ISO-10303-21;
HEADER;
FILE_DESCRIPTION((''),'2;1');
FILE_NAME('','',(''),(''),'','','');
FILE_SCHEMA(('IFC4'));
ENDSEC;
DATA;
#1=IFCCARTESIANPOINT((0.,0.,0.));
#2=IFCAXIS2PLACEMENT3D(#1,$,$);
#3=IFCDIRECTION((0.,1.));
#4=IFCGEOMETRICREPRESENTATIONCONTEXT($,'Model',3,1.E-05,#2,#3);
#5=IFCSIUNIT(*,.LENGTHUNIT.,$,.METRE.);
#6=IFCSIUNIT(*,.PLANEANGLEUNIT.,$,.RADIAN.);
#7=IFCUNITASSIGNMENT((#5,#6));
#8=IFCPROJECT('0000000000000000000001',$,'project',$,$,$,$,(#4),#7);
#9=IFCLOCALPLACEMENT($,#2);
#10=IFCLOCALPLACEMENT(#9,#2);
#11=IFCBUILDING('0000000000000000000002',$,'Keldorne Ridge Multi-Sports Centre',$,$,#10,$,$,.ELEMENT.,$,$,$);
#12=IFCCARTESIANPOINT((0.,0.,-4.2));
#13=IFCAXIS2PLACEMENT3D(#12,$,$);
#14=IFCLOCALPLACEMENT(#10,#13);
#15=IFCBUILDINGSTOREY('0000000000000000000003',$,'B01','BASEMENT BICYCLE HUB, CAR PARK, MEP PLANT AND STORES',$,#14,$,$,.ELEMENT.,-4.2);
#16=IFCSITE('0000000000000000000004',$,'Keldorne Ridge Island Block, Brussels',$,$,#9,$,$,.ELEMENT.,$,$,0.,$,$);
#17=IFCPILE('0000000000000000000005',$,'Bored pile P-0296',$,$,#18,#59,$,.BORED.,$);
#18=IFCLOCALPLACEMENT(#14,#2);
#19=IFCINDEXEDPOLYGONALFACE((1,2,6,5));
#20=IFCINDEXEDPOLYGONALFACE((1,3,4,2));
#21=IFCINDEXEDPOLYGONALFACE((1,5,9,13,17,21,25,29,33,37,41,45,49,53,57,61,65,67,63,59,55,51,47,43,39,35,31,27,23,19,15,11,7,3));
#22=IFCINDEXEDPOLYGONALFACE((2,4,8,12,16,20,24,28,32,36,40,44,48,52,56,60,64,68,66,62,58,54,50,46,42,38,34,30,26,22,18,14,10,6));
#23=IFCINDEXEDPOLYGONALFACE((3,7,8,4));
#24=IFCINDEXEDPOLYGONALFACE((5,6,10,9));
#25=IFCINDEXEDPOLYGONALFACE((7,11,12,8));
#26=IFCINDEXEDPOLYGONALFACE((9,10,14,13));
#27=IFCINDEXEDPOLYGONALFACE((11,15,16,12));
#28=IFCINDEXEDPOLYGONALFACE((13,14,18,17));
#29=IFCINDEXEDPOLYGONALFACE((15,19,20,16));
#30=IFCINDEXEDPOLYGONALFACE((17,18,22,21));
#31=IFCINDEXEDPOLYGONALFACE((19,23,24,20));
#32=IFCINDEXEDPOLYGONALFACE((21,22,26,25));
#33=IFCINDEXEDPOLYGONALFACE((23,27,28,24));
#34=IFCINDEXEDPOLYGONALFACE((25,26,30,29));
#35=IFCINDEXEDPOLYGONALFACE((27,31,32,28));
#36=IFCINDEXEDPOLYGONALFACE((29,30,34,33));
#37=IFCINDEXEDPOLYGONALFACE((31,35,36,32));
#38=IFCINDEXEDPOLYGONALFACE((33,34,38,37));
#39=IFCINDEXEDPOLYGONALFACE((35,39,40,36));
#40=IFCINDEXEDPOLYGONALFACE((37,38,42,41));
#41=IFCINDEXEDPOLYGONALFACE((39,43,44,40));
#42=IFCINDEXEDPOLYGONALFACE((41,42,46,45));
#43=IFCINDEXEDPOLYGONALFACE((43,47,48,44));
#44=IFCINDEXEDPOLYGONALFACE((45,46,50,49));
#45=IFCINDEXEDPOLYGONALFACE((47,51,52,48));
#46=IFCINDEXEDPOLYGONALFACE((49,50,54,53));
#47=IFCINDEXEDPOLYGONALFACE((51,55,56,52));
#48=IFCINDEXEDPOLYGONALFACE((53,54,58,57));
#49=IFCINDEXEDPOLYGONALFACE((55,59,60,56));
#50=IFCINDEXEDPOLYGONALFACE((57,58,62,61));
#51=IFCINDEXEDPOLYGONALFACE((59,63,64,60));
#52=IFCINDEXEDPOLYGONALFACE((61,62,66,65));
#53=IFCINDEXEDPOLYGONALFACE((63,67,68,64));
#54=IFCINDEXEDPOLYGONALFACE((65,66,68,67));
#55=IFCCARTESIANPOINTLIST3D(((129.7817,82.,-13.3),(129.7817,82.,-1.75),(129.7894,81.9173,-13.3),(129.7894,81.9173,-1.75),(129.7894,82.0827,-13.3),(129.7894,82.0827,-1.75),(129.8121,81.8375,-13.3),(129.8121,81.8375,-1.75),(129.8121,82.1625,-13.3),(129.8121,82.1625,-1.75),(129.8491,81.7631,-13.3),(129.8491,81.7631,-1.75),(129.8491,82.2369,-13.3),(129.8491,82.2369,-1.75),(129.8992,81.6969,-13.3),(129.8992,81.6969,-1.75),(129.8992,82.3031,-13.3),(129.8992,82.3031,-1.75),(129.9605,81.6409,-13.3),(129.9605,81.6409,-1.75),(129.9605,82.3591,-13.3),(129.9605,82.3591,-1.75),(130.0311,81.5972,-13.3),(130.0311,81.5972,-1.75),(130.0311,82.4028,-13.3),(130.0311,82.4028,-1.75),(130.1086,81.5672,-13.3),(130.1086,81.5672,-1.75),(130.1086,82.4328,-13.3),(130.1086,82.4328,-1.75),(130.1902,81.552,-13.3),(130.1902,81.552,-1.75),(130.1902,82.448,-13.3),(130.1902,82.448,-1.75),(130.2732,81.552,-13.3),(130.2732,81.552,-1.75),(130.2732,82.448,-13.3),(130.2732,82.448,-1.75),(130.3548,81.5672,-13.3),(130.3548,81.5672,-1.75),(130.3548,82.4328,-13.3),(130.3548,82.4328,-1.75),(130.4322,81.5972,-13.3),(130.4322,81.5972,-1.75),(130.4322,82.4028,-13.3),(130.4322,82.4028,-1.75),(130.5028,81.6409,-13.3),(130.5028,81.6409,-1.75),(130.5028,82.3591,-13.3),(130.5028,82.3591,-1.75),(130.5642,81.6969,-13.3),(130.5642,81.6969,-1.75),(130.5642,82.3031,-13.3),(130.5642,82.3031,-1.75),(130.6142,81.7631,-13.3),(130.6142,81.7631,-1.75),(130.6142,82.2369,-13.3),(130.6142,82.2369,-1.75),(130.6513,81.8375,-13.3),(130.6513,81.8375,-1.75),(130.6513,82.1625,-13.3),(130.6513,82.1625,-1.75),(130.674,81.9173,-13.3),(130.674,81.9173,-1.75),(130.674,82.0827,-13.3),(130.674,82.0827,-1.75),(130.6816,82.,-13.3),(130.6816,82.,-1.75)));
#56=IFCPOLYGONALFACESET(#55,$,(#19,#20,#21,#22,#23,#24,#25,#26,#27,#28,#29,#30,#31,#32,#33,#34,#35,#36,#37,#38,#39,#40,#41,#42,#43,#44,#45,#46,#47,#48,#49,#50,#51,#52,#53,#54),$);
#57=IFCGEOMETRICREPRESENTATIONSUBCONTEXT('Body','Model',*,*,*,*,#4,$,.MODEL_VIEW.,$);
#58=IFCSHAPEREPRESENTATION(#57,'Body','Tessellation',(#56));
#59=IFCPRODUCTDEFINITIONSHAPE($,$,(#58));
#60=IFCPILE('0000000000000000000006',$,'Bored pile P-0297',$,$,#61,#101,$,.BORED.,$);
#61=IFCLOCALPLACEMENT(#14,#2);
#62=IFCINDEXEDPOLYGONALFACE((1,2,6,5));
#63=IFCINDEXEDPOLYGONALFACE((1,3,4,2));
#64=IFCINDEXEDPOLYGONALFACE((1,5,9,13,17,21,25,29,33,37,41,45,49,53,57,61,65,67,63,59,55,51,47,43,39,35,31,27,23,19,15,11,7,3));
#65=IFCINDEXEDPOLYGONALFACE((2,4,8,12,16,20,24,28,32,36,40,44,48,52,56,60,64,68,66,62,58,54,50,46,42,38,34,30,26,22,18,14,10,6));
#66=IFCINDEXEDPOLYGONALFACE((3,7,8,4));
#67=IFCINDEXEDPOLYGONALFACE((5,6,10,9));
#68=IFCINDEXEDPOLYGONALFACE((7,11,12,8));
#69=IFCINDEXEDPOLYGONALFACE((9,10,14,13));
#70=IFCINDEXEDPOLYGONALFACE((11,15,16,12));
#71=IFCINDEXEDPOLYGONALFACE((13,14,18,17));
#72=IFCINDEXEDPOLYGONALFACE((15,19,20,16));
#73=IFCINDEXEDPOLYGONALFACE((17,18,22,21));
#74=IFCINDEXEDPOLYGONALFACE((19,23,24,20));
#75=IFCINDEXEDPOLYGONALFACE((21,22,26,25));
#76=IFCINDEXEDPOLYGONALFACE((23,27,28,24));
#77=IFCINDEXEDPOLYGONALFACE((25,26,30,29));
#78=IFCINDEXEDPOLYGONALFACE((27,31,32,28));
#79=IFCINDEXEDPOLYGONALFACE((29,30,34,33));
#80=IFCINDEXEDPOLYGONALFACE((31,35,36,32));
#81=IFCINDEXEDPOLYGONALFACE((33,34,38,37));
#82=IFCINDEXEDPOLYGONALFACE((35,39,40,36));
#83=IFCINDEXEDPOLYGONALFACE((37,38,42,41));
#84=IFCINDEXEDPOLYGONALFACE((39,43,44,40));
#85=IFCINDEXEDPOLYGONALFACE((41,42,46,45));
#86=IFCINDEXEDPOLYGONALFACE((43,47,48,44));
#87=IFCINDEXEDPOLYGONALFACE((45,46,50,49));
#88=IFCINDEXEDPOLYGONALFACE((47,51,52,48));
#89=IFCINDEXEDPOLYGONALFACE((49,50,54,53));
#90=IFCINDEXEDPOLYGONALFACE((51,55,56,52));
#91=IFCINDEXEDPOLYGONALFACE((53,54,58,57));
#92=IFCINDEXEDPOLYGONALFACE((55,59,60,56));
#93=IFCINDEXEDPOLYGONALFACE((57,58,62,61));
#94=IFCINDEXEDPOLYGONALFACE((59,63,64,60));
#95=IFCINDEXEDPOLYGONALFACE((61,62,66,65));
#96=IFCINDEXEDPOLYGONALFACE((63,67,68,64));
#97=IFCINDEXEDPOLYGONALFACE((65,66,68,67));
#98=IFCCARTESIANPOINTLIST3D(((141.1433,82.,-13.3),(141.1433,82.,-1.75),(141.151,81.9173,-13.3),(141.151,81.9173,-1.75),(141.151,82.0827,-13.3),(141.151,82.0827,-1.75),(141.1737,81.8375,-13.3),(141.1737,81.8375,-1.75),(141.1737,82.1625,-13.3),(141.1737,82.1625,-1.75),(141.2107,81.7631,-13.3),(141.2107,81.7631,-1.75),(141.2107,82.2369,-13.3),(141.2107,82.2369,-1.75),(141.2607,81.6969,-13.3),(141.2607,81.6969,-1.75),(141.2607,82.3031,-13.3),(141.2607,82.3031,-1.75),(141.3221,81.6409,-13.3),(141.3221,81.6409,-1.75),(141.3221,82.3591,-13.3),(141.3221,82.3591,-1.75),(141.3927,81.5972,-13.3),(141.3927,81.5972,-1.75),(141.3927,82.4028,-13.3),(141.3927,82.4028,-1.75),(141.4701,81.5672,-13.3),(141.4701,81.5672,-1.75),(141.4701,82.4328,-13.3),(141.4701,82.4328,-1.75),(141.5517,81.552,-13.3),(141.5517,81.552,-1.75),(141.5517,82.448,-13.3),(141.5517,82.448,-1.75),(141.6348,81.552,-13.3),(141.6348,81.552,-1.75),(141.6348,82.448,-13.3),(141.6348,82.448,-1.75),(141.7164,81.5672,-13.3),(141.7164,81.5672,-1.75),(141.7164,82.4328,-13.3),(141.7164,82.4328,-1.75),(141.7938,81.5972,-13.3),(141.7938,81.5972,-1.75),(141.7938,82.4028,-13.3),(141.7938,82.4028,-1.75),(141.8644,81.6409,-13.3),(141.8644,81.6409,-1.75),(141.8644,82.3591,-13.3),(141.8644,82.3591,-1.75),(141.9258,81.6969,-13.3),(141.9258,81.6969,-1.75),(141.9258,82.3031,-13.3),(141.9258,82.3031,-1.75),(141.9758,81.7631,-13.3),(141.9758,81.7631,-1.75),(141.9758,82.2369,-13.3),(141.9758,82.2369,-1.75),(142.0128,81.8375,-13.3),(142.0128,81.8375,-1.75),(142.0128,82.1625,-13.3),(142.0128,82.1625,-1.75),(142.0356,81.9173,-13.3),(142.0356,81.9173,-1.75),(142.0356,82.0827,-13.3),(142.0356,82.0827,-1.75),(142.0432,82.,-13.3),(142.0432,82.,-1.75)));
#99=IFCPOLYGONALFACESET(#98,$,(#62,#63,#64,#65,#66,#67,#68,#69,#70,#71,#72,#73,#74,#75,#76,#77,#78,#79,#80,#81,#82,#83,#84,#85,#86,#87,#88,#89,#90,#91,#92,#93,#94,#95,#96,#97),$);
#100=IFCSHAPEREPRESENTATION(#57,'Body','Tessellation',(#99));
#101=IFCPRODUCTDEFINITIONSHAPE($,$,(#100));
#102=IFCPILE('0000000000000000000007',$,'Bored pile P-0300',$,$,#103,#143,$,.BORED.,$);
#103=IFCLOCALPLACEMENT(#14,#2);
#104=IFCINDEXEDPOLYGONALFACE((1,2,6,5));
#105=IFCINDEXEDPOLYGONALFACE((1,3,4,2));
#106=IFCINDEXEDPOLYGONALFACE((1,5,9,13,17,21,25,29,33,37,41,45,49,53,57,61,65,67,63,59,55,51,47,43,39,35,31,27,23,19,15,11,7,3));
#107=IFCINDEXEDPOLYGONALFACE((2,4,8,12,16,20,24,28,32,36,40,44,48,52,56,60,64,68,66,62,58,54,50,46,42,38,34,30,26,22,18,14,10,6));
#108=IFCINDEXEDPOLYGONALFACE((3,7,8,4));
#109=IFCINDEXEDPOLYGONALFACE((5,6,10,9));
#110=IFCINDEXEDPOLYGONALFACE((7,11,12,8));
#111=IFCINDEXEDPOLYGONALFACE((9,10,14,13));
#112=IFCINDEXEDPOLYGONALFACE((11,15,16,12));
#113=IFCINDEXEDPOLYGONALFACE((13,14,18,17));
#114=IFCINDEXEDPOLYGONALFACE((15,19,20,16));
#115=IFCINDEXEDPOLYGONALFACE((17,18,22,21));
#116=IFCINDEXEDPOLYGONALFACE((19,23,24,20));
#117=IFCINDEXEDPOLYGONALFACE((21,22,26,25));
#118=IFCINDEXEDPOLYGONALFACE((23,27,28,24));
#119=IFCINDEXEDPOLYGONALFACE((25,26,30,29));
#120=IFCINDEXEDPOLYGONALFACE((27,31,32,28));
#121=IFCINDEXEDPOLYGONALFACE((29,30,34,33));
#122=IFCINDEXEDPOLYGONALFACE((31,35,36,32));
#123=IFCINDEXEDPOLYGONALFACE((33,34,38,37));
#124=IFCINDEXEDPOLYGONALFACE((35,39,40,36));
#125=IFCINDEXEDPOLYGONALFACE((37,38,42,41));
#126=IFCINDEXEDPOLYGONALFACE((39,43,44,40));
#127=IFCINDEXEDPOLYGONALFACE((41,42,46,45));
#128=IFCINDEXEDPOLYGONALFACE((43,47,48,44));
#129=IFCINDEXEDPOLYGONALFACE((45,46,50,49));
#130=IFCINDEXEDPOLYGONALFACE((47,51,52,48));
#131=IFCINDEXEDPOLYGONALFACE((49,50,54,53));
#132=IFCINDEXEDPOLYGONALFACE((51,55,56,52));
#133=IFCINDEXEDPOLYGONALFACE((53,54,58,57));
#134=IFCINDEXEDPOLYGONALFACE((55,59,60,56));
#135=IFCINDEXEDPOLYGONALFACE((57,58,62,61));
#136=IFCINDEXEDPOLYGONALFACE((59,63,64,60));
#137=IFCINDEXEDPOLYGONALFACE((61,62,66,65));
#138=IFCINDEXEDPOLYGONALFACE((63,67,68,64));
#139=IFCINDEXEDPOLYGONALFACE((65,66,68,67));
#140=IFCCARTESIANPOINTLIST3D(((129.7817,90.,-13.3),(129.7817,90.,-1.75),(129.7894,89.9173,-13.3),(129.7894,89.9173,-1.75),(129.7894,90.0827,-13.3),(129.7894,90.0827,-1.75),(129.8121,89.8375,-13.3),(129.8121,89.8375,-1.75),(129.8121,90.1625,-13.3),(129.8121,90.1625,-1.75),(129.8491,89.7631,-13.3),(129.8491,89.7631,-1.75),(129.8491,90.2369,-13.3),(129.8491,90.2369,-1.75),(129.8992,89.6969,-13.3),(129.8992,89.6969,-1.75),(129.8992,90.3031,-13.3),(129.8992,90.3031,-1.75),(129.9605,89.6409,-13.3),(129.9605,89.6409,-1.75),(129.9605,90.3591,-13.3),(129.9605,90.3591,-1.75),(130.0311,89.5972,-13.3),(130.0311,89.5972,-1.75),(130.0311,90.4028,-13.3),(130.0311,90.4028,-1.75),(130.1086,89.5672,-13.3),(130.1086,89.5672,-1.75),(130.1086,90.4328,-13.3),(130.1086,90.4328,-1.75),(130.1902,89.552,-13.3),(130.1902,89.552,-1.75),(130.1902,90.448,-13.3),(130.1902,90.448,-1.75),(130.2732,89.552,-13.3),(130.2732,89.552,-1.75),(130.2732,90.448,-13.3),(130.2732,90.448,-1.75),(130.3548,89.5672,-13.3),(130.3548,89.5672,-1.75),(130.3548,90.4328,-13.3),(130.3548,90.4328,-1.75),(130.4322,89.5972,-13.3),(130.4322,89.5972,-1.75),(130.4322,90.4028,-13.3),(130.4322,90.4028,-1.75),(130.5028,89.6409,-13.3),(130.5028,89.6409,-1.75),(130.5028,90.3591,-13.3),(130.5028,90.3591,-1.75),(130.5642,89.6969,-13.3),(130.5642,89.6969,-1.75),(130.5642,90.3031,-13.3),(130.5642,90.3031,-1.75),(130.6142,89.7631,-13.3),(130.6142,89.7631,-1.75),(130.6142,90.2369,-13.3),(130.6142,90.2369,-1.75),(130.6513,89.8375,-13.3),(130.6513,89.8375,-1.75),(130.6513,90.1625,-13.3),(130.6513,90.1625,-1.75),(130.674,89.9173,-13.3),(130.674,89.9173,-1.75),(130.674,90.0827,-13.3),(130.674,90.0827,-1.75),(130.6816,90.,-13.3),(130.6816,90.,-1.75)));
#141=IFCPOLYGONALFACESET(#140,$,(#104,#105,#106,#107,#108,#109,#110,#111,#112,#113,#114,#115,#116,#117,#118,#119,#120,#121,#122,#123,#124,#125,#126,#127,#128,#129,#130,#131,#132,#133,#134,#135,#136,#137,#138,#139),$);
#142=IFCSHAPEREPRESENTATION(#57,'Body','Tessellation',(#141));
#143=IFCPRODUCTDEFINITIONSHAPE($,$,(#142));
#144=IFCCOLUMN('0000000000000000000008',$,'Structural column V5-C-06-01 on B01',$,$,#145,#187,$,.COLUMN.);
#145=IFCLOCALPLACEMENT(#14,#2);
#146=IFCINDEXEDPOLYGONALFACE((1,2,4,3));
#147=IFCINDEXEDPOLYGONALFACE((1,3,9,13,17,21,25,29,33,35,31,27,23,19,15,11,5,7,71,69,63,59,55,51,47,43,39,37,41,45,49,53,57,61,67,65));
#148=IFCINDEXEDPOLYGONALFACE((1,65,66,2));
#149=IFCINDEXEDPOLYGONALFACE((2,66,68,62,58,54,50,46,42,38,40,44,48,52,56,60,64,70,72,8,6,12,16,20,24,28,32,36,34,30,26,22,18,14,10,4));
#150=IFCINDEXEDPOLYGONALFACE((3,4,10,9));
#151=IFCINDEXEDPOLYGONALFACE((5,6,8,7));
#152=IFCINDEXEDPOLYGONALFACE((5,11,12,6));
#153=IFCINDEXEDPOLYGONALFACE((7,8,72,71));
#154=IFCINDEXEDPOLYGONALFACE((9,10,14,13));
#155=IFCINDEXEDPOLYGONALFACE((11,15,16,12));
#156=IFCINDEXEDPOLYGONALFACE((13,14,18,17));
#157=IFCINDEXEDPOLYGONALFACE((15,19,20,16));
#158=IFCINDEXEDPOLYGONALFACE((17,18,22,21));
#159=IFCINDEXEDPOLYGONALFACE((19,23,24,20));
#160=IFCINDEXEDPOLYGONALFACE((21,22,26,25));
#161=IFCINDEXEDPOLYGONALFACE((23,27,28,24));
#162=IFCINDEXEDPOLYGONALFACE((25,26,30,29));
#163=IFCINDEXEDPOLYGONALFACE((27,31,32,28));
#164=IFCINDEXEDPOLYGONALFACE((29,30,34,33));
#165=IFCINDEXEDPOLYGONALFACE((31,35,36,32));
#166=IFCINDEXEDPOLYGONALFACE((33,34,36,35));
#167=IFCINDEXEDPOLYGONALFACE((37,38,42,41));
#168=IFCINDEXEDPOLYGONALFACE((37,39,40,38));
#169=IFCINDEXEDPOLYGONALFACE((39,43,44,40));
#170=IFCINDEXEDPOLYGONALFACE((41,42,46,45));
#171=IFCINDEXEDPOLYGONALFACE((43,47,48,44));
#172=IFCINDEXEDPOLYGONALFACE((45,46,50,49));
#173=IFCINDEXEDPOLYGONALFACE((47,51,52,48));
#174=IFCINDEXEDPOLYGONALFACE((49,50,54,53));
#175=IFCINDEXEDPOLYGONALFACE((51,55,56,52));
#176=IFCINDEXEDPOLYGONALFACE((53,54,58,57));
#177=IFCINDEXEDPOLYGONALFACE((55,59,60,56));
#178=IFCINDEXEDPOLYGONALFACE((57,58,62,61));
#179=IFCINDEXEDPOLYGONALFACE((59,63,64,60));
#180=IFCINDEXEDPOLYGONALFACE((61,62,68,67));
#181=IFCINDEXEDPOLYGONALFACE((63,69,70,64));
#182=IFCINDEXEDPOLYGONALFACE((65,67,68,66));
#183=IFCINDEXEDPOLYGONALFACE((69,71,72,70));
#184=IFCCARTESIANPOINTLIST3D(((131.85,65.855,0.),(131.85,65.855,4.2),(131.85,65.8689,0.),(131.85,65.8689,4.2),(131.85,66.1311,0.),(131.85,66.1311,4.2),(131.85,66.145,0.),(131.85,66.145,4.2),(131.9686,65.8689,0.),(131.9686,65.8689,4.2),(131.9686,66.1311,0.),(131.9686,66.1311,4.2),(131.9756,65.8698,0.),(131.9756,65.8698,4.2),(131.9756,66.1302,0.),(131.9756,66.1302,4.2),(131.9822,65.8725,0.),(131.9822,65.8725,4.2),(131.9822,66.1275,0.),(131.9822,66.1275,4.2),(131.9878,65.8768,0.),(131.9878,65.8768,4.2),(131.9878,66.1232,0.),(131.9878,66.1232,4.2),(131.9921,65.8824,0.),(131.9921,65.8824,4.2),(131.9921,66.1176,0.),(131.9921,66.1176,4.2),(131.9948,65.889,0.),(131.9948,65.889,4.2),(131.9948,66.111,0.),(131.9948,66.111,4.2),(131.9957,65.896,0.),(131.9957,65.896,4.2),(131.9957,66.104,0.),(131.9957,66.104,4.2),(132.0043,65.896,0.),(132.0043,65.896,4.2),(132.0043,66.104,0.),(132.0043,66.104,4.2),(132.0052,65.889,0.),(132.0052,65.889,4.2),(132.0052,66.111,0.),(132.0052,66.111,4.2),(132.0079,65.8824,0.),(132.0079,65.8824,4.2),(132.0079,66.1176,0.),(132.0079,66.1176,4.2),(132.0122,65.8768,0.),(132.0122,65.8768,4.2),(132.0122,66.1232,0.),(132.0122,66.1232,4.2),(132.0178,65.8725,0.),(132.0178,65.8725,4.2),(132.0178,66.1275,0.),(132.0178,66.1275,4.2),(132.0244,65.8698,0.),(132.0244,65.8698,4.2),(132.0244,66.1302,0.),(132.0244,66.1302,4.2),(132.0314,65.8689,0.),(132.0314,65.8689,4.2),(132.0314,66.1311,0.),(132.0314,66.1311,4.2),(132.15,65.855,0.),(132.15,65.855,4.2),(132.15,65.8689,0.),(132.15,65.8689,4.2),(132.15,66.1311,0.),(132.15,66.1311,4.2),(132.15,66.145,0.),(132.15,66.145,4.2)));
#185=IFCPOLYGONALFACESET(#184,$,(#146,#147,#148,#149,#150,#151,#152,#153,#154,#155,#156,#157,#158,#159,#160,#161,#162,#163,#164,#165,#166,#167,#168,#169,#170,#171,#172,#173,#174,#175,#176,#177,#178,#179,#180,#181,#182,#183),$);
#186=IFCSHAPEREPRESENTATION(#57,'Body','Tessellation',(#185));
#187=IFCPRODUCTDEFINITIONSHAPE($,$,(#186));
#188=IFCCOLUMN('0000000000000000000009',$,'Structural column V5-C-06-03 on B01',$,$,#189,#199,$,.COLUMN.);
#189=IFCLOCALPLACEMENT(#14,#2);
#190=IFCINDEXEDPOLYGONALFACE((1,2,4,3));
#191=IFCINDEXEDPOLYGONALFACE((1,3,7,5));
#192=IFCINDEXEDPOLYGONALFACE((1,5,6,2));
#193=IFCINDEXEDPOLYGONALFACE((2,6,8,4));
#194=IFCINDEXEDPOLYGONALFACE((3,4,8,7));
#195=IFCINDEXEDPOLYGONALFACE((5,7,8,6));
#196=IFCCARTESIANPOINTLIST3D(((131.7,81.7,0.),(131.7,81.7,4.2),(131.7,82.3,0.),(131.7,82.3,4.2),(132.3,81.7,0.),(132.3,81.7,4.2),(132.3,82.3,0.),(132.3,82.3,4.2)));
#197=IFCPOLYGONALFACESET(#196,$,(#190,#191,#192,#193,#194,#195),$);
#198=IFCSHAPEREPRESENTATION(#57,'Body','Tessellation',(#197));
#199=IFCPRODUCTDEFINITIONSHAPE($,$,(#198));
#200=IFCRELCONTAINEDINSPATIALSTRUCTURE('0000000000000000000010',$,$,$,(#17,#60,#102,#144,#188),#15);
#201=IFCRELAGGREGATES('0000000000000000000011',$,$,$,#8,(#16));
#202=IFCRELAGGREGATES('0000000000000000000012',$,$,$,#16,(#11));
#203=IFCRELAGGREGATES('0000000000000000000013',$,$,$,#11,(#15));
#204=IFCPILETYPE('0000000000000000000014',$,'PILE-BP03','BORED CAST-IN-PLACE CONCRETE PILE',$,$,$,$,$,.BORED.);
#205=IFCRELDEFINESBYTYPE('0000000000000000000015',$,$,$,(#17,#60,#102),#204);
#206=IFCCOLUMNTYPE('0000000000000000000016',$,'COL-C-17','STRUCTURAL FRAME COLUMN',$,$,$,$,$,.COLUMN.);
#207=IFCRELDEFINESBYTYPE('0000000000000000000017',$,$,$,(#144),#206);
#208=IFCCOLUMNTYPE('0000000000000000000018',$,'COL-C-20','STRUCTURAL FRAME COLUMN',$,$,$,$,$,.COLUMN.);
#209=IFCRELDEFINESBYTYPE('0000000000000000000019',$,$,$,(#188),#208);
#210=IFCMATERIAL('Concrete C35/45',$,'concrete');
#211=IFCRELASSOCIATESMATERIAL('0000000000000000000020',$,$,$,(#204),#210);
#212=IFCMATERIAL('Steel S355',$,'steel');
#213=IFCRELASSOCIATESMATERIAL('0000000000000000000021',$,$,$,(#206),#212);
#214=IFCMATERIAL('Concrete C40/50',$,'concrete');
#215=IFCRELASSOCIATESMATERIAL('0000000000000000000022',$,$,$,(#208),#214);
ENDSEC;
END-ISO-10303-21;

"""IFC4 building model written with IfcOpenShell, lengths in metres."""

from ifc_helpers import new_model, si_unit, direction, frame, origin, origin_2d, place, context, subcontext, project, spatial, rectangle, circle, i_section, extrude, material, material_profile, profile_set, type_object, element, save


model = new_model("IFC4")

# Units and contexts
model_context = context("Model", 3, precision=1e-05, world=origin(), true_north=direction((0.0, 1.0)))
body_context = subcontext(model_context, "Body", "Model", "MODEL_VIEW")
ifc_project = project(units=[si_unit("LENGTHUNIT", "METRE"), si_unit("PLANEANGLEUNIT", "RADIAN")], contexts=[model_context])

# Site, building, storey
site_placement = place(None, origin())
site = spatial("IfcSite", under=ifc_project, at=site_placement, Name="Keldorne Ridge Island Block, Brussels", CompositionType="ELEMENT", RefElevation=0.0)
building_placement = place(site_placement, origin())
building = spatial("IfcBuilding", under=site, at=building_placement, Name="Keldorne Ridge Multi-Sports Centre", CompositionType="ELEMENT")
storey_placement = place(building_placement, frame((0.0, 0.0, -4.2)))
storey = spatial("IfcBuildingStorey", under=building, at=storey_placement, Name="B01", Description="BASEMENT BICYCLE HUB, CAR PARK, MEP PLANT AND STORES", CompositionType="ELEMENT", Elevation=-4.2)

# Shared definitions
ifc_material_1 = material(Name="Concrete C35/45", Category="concrete")

# Piles
ifc_material_profile_1 = material_profile(ifc_material_1, circle(Radius=0.45, at=origin_2d()), Name="BORED PILE D900")
ifc_profile_set_1 = profile_set([ifc_material_profile_1], Name="Concrete C35/45")
pile_type_1 = type_object("IfcPileType", Name="PILE-BP03", Description="BORED CAST-IN-PLACE CONCRETE PILE", PredefinedType="BORED", material=ifc_profile_set_1)
for number, where, z_axis, x_axis, name in (
    (1, (130.2317, 82.0, -1.75), (0.0, 0.0, -1.0), (1.0, 0.0, 0.0), "Bored pile P-0296"),
    (2, (141.5933, 82.0, -1.75), (0.0, 0.0, -1.0), (1.0, 0.0, 0.0), "Bored pile P-0297"),
    (3, (130.2317, 90.0, -1.75), (0.0, 0.0, -1.0), (1.0, 0.0, 0.0), "Bored pile P-0300"),
):
    element("IfcPile", number, at=place(storey_placement, frame(where, z_axis=z_axis, x_axis=x_axis)), inside=storey, type_object=pile_type_1, Name=name, PredefinedType="BORED", context=body_context, shape_type="SweptSolid", body=[
        extrude(circle(Radius=0.45, at=origin_2d()), origin(), (0.0, 0.0, 1.0), 11.55),
    ])

# Columns
ifc_material_2 = material(Name="Steel S355", Category="steel")
ifc_material_profile_2 = material_profile(ifc_material_2, i_section(OverallWidth=0.3, OverallDepth=0.29, WebThickness=0.0085, FlangeThickness=0.0139, FilletRadius=0.0271, at=origin_2d()), Name="HEA 300")
ifc_profile_set_2 = profile_set([ifc_material_profile_2], Name="Steel S355")
column_type_1 = type_object("IfcColumnType", Name="COL-C-17", Description="STRUCTURAL FRAME COLUMN", PredefinedType="COLUMN", material=ifc_profile_set_2)
column_1_placement = place(storey_placement, frame((132.0, 66.0, 0.0), z_axis=(0.0, 0.0, 1.0), x_axis=(1.0, 0.0, 0.0)))
element("IfcColumn", 4, at=column_1_placement, inside=storey, type_object=column_type_1, Name="Structural column V5-C-06-01 on B01", PredefinedType="COLUMN", context=body_context, shape_type="SweptSolid", body=[
    extrude(i_section(OverallWidth=0.3, OverallDepth=0.29, WebThickness=0.0085, FlangeThickness=0.0139, FilletRadius=0.0271, at=origin_2d()), origin(), (0.0, 0.0, 1.0), 4.2),
])
ifc_material_3 = material(Name="Concrete C40/50", Category="concrete")
ifc_material_profile_3 = material_profile(ifc_material_3, rectangle(XDim=0.6001, YDim=0.6001, at=origin_2d()), Name="RC 600x600")
ifc_profile_set_3 = profile_set([ifc_material_profile_3], Name="Concrete C40/50")
column_type_2 = type_object("IfcColumnType", Name="COL-C-20", Description="STRUCTURAL FRAME COLUMN", PredefinedType="COLUMN", material=ifc_profile_set_3)
for number, where, z_axis, x_axis, name in (
    (5, (132.0, 82.0, 0.0), (0.0, 0.0, 1.0), (1.0, 0.0, 0.0), "Structural column V5-C-06-03 on B01"),
):
    element("IfcColumn", number, at=place(storey_placement, frame(where, z_axis=z_axis, x_axis=x_axis)), inside=storey, type_object=column_type_2, Name=name, PredefinedType="COLUMN", context=body_context, shape_type="SweptSolid", body=[
        extrude(rectangle(XDim=0.6001, YDim=0.6001, at=origin_2d()), origin(), (0.0, 0.0, 1.0), 4.2),
    ])

save(model, "model.ifc")
